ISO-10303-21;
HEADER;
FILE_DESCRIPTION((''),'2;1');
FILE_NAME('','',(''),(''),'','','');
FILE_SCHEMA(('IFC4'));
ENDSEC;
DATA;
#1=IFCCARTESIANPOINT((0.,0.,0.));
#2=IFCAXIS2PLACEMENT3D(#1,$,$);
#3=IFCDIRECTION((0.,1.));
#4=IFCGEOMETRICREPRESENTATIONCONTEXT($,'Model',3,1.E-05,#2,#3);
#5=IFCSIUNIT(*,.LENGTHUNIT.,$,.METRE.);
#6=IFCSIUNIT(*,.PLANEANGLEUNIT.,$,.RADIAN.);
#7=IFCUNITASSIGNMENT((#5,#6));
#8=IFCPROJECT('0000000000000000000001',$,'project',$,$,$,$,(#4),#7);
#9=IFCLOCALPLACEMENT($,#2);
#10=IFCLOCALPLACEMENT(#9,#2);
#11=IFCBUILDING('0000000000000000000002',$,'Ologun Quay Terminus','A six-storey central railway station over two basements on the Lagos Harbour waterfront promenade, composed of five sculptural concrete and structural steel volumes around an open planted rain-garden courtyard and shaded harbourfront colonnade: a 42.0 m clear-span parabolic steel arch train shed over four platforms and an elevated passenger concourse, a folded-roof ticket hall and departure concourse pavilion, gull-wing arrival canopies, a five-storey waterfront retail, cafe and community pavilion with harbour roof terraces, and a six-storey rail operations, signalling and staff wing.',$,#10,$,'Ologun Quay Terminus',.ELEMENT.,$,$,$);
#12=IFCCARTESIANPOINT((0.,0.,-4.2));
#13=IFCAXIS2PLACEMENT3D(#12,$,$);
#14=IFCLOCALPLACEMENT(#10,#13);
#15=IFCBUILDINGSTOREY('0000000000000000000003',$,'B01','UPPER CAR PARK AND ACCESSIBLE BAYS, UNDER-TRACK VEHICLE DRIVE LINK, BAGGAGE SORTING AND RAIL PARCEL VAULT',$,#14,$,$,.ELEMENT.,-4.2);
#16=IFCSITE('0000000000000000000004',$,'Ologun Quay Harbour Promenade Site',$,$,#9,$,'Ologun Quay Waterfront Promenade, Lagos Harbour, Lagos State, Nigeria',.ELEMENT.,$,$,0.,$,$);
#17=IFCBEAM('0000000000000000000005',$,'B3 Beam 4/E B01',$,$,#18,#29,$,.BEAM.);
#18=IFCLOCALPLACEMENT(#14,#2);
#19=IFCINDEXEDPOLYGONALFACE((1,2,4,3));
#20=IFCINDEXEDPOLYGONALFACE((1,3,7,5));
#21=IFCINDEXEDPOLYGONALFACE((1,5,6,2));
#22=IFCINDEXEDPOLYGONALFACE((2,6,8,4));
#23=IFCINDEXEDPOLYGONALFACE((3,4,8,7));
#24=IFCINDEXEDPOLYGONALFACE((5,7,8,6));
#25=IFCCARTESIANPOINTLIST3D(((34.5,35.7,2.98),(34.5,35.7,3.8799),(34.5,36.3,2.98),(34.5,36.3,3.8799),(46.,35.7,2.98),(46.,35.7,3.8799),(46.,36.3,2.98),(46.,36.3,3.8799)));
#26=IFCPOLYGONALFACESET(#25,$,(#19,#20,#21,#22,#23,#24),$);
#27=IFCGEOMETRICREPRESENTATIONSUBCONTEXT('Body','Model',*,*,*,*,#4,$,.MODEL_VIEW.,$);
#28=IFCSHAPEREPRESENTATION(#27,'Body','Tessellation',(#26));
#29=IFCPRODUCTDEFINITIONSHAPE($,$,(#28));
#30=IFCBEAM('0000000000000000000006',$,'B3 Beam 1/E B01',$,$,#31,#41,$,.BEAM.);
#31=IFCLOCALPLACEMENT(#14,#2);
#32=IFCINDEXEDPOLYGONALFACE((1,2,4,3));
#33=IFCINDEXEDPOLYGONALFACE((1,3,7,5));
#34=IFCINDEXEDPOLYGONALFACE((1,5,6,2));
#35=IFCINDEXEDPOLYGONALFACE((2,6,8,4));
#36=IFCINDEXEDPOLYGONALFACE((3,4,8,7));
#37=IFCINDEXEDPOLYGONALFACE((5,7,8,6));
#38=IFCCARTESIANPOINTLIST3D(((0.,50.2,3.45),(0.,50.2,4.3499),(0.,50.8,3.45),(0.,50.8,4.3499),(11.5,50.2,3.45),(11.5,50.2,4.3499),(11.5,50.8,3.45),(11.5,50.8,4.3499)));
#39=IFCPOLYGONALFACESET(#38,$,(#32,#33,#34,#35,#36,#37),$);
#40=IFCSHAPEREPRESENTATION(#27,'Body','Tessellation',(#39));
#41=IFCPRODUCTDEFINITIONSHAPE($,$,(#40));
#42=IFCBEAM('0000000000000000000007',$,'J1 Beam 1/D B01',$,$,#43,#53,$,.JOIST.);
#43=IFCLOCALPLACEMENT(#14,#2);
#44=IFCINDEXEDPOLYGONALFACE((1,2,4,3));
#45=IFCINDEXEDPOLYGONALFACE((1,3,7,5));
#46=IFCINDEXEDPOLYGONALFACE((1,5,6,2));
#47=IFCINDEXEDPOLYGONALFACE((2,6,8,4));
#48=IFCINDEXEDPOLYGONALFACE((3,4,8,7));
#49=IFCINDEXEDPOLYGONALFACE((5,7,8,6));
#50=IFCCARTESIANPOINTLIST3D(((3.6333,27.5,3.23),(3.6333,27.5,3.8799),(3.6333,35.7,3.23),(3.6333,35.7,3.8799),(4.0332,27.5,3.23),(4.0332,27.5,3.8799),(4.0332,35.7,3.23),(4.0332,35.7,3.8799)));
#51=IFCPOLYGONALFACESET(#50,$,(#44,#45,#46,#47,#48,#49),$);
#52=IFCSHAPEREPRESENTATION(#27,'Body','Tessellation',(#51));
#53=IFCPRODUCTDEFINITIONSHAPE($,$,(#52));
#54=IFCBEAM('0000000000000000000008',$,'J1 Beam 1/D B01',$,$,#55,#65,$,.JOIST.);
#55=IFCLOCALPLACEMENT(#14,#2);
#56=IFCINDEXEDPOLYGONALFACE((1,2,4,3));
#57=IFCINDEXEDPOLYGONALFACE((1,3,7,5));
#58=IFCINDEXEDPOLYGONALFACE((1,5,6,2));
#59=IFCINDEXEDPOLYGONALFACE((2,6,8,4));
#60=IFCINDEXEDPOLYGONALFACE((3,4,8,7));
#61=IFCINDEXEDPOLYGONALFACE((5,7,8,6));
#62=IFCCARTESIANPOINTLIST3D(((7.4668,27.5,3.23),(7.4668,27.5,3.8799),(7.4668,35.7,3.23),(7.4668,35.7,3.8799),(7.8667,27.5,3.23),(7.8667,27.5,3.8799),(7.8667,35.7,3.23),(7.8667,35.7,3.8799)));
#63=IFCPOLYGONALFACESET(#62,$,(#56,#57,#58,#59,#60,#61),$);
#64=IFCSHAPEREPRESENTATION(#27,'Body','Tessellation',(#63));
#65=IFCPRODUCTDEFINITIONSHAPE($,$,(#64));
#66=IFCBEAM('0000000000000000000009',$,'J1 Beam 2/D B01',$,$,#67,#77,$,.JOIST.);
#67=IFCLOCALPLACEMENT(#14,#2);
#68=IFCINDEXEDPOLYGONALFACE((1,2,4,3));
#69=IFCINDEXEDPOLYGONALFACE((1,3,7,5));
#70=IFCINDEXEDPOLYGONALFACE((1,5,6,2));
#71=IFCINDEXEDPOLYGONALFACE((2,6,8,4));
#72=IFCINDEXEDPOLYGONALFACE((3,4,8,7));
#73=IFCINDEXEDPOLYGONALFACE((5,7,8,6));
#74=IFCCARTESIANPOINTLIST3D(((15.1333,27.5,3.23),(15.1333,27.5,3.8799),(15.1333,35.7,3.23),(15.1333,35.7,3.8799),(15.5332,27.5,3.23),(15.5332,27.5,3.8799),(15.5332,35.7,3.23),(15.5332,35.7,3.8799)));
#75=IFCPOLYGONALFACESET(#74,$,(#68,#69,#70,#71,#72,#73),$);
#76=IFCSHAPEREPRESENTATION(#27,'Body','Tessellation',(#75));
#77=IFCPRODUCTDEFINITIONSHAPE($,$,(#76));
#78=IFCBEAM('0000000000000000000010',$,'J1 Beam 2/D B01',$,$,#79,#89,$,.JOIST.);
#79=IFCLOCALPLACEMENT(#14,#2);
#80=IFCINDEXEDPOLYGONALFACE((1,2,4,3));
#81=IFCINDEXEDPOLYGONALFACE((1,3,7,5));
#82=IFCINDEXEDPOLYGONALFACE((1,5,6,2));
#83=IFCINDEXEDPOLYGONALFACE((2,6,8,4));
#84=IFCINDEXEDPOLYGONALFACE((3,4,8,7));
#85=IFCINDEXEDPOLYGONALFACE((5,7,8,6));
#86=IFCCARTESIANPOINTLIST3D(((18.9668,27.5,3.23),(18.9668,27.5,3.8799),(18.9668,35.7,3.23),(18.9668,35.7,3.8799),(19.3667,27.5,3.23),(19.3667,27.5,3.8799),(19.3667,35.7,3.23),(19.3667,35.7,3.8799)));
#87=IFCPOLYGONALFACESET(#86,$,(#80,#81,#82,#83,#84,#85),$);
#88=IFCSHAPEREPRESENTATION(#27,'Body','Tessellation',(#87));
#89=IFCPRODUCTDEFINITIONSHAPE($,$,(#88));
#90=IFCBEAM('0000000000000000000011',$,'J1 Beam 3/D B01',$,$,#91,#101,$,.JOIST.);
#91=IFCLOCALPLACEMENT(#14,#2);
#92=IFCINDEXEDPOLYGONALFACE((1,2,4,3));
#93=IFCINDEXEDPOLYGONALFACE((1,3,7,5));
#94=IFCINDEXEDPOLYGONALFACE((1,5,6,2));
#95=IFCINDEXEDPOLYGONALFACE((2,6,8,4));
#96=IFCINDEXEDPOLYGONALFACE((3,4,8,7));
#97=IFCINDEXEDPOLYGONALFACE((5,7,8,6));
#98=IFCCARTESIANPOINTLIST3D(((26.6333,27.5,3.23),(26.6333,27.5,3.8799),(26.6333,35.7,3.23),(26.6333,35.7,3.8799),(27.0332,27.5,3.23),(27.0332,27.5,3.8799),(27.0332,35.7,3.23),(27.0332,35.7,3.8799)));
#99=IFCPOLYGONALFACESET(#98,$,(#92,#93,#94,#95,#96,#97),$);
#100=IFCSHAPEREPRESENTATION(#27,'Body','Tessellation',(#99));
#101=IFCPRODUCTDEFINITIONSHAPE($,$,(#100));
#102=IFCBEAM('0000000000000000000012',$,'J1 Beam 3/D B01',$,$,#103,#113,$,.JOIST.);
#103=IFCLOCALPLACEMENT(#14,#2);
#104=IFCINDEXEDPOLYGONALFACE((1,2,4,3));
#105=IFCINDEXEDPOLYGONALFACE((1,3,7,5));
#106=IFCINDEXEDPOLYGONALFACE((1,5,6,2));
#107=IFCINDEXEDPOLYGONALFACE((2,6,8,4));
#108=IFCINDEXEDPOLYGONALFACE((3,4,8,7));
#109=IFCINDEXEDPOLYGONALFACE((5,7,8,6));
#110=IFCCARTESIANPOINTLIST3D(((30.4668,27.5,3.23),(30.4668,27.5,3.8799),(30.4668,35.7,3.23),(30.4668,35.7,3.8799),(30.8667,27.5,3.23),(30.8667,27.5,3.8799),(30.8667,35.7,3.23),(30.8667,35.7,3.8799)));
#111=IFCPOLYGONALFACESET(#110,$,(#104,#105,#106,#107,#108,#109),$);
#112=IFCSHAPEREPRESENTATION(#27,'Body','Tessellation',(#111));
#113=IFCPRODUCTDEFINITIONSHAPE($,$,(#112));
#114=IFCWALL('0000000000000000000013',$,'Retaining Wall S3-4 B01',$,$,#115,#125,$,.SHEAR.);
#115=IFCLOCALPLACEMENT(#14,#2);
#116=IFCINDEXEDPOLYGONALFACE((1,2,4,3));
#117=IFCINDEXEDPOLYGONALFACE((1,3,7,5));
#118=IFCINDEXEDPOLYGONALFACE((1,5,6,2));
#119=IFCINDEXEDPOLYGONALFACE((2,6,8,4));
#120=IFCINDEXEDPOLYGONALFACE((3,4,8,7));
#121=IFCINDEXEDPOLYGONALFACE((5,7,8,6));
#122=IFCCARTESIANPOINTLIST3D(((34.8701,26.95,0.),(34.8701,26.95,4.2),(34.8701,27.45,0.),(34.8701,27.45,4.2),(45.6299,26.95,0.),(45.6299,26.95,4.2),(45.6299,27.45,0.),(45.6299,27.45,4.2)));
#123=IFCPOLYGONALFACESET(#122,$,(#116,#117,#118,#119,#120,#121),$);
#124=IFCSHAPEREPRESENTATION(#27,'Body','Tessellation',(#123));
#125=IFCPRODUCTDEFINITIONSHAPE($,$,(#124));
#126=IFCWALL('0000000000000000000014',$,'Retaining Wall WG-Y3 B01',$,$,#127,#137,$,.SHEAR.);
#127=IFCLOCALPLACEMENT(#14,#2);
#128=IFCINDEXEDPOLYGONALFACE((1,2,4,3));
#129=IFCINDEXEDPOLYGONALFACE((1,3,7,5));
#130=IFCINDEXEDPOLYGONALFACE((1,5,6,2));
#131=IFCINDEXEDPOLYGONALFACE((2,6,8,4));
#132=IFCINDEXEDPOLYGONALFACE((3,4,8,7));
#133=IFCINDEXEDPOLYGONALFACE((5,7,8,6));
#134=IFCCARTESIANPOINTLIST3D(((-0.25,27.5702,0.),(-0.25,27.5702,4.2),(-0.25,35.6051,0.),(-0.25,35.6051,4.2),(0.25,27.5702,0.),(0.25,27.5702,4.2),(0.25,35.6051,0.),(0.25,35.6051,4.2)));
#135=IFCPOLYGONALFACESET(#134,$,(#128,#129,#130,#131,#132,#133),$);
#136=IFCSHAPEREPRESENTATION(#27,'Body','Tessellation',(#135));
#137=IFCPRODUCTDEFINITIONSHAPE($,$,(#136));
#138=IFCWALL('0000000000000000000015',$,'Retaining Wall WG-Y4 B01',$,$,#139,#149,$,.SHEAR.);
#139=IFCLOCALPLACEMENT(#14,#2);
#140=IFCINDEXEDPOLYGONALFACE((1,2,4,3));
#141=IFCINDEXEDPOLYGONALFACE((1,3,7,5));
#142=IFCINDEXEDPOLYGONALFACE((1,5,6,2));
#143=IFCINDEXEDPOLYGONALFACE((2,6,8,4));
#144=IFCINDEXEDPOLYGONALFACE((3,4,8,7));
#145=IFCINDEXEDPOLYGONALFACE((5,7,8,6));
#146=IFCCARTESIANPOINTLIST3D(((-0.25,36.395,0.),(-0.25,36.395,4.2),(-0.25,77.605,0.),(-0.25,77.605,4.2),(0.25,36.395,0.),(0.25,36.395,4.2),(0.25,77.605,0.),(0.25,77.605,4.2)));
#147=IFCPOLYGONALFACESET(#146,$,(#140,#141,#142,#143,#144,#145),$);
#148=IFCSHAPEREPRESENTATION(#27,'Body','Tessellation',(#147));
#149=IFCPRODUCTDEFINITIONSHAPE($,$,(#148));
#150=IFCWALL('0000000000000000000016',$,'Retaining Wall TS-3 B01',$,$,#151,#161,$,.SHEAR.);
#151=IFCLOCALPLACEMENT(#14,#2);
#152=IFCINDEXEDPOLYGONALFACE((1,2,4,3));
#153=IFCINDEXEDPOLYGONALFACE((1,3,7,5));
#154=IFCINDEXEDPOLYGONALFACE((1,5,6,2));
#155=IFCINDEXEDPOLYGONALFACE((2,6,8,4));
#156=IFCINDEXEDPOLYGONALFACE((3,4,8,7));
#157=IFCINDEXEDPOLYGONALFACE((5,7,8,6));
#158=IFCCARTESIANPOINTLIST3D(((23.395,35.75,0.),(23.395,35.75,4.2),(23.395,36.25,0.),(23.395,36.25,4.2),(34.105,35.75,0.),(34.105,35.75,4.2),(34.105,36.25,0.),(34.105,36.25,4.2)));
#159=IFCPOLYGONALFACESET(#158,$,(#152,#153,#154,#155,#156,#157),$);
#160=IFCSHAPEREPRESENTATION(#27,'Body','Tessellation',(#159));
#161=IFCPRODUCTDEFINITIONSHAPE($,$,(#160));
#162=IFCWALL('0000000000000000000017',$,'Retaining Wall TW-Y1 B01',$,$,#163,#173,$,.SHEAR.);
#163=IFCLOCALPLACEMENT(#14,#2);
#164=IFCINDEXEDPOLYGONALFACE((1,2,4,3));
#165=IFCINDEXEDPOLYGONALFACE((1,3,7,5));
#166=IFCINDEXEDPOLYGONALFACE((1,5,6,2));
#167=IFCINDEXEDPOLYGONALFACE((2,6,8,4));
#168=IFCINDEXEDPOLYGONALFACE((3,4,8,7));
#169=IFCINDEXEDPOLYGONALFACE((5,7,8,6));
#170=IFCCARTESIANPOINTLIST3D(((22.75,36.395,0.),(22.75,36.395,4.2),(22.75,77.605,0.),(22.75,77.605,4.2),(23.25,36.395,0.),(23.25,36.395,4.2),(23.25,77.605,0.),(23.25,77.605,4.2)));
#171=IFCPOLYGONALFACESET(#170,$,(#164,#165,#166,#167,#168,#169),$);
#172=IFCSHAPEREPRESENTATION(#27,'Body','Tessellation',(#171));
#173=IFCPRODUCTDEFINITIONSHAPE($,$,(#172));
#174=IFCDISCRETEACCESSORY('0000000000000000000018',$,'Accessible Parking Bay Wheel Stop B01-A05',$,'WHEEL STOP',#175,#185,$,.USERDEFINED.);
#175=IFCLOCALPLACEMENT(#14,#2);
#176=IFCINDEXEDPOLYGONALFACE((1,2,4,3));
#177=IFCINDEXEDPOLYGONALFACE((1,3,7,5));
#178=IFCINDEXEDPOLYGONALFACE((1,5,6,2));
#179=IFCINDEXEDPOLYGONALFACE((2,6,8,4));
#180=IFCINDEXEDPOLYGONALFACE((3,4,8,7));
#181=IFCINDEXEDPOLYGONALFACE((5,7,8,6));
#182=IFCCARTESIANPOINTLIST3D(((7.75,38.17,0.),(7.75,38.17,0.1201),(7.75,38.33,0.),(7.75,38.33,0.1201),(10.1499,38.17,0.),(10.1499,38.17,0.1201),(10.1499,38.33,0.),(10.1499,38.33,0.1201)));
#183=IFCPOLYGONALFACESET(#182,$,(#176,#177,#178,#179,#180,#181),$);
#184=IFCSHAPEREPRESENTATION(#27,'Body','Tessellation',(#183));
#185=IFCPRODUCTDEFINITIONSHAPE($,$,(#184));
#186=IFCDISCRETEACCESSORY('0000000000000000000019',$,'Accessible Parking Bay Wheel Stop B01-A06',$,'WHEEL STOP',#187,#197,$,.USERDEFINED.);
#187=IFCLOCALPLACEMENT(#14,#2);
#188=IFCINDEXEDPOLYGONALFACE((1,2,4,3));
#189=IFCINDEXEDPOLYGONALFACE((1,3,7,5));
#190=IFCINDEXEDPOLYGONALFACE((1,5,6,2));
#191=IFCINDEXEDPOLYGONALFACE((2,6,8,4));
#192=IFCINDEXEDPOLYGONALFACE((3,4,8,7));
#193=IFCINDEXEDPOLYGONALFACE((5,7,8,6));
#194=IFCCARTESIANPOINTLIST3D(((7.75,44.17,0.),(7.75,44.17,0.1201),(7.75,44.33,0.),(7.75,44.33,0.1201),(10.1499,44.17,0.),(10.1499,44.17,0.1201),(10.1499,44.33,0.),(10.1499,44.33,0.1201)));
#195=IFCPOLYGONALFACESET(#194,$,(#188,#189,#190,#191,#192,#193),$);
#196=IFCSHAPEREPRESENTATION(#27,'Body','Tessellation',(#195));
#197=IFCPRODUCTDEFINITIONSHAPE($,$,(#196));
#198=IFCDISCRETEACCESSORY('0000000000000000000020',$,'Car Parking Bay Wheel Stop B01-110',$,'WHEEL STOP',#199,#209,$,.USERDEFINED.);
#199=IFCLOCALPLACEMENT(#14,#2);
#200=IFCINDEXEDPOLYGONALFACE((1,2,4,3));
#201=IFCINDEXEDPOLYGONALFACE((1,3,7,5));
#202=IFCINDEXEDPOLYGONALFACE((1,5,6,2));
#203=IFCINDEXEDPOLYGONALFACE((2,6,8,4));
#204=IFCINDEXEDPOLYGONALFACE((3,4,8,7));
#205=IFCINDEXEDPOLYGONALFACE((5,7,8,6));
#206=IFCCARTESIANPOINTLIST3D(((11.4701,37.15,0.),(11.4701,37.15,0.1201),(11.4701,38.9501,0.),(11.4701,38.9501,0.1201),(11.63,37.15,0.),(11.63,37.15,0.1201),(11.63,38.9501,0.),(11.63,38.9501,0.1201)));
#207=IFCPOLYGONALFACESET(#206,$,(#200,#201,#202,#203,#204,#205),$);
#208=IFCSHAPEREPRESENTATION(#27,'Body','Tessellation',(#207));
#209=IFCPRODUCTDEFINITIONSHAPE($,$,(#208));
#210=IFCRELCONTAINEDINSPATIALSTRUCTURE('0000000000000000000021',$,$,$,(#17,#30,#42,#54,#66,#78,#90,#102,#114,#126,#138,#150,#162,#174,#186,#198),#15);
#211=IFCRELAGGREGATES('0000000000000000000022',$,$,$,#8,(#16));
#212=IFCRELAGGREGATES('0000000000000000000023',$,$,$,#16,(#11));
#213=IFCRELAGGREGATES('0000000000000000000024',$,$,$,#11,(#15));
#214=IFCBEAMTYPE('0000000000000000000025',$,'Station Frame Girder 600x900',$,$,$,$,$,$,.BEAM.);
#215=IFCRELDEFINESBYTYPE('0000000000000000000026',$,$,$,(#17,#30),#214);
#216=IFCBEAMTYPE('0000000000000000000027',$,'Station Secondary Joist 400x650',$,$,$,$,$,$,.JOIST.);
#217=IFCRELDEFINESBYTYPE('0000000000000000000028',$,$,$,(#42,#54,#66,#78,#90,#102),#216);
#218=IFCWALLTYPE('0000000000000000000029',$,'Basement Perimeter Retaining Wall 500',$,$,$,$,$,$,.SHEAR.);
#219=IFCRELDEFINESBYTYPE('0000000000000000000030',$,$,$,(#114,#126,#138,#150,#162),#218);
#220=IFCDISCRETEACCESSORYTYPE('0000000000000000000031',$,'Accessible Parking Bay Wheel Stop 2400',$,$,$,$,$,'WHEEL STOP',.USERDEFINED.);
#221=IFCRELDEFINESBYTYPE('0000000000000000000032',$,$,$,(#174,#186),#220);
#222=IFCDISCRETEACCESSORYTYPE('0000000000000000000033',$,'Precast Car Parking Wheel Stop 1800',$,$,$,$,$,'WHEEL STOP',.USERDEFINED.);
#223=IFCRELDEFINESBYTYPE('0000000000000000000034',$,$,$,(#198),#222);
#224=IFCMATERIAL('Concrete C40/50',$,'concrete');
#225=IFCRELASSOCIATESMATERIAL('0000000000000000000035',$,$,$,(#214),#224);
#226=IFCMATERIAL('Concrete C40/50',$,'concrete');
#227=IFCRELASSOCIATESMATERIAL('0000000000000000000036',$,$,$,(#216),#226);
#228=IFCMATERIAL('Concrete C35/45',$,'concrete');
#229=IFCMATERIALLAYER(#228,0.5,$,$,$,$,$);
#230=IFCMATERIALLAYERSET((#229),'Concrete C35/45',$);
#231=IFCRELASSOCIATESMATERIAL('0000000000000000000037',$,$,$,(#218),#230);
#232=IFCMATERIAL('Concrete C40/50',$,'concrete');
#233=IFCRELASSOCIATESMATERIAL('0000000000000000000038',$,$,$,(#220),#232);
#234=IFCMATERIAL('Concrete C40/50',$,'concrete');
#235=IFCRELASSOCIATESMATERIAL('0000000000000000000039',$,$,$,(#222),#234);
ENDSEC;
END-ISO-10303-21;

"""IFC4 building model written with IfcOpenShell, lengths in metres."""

from ifc_helpers import new_model, si_unit, direction, frame, frame_2d, origin, origin_2d, place, context, subcontext, project, spatial, rectangle, extrude, material, layer, layer_set, material_profile, profile_set, type_object, element, save


model = new_model("IFC4")

# Units and contexts
model_context = context("Model", 3, precision=1e-05, world=origin(), true_north=direction((0.0, 1.0)))
body_context = subcontext(model_context, "Body", "Model", "MODEL_VIEW")
ifc_project = project(units=[si_unit("LENGTHUNIT", "METRE"), si_unit("PLANEANGLEUNIT", "RADIAN")], contexts=[model_context])

# Site, building, storey
site_placement = place(None, origin())
site = spatial("IfcSite", under=ifc_project, at=site_placement, Name="Ologun Quay Harbour Promenade Site", LongName="Ologun Quay Waterfront Promenade, Lagos Harbour, Lagos State, Nigeria", CompositionType="ELEMENT", RefElevation=0.0)
building_placement = place(site_placement, origin())
building = spatial("IfcBuilding", under=site, at=building_placement, Name="Ologun Quay Terminus", Description="A six-storey central railway station over two basements on the Lagos Harbour waterfront promenade, composed of five sculptural concrete and structural steel volumes around an open planted rain-garden courtyard and shaded harbourfront colonnade: a 42.0 m clear-span parabolic steel arch train shed over four platforms and an elevated passenger concourse, a folded-roof ticket hall and departure concourse pavilion, gull-wing arrival canopies, a five-storey waterfront retail, cafe and community pavilion with harbour roof terraces, and a six-storey rail operations, signalling and staff wing.", LongName="Ologun Quay Terminus", CompositionType="ELEMENT")
storey_placement = place(building_placement, frame((0.0, 0.0, -4.2)))
storey = spatial("IfcBuildingStorey", under=building, at=storey_placement, Name="B01", Description="UPPER CAR PARK AND ACCESSIBLE BAYS, UNDER-TRACK VEHICLE DRIVE LINK, BAGGAGE SORTING AND RAIL PARCEL VAULT", CompositionType="ELEMENT", Elevation=-4.2)

# Beams
ifc_material_1 = material(Name="Concrete C40/50", Category="concrete")
ifc_material_profile_1 = material_profile(ifc_material_1, rectangle(XDim=0.6001, YDim=0.8999, at=origin_2d()), Name="RC 600x900")
ifc_profile_set_1 = profile_set([ifc_material_profile_1], Name="Concrete C40/50")
beam_type_1 = type_object("IfcBeamType", Name="Station Frame Girder 600x900", PredefinedType="BEAM", material=ifc_profile_set_1)
for number, where, z_axis, x_axis, name in (
    (1, (34.5, 36.0, 3.4299), (1.0, 0.0, 0.0), (0.0, 1.0, 0.0), "B3 Beam 4/E B01"),
    (2, (0.0, 50.5, 3.8999), (1.0, 0.0, 0.0), (0.0, 1.0, 0.0), "B3 Beam 1/E B01"),
):
    element("IfcBeam", number, at=place(storey_placement, frame(where, z_axis=z_axis, x_axis=x_axis)), inside=storey, type_object=beam_type_1, Name=name, PredefinedType="BEAM", context=body_context, shape_type="SweptSolid", body=[
        extrude(rectangle(XDim=0.6001, YDim=0.8999, at=origin_2d()), origin(), (0.0, 0.0, 1.0), 11.5),
    ])
ifc_material_2 = material(Name="Concrete C40/50", Category="concrete")
ifc_material_profile_2 = material_profile(ifc_material_2, rectangle(XDim=0.3999, YDim=0.6499, at=origin_2d()), Name="RC 400x650")
ifc_profile_set_2 = profile_set([ifc_material_profile_2], Name="Concrete C40/50")
beam_type_2 = type_object("IfcBeamType", Name="Station Secondary Joist 400x650", PredefinedType="JOIST", material=ifc_profile_set_2)
for number, where, z_axis, x_axis, name in (
    (3, (3.8333, 27.5, 3.5549), (0.0, 1.0, 0.0), (-1.0, 0.0, 0.0), "J1 Beam 1/D B01"),
    (4, (7.6667, 27.5, 3.5549), (0.0, 1.0, 0.0), (-1.0, 0.0, 0.0), "J1 Beam 1/D B01"),
    (5, (15.3333, 27.5, 3.5549), (0.0, 1.0, 0.0), (-1.0, 0.0, 0.0), "J1 Beam 2/D B01"),
    (6, (19.1667, 27.5, 3.5549), (0.0, 1.0, 0.0), (-1.0, 0.0, 0.0), "J1 Beam 2/D B01"),
    (7, (26.8333, 27.5, 3.5549), (0.0, 1.0, 0.0), (-1.0, 0.0, 0.0), "J1 Beam 3/D B01"),
    (8, (30.6667, 27.5, 3.5549), (0.0, 1.0, 0.0), (-1.0, 0.0, 0.0), "J1 Beam 3/D B01"),
):
    element("IfcBeam", number, at=place(storey_placement, frame(where, z_axis=z_axis, x_axis=x_axis)), inside=storey, type_object=beam_type_2, Name=name, PredefinedType="JOIST", context=body_context, shape_type="SweptSolid", body=[
        extrude(rectangle(XDim=0.3999, YDim=0.6499, at=origin_2d()), origin(), (0.0, 0.0, 1.0), 8.2),
    ])

# Walls
ifc_material_3 = material(Name="Concrete C35/45", Category="concrete")
ifc_layer = layer(ifc_material_3, 0.5)
ifc_layer_set = layer_set([ifc_layer], Name="Concrete C35/45")
wall_type = type_object("IfcWallType", Name="Basement Perimeter Retaining Wall 500", PredefinedType="SHEAR", material=ifc_layer_set)
wall_1_placement = place(storey_placement, frame((34.8701, 27.2, 0.0), z_axis=(0.0, 0.0, 1.0), x_axis=(1.0, 0.0, 0.0)))
element("IfcWall", 9, at=wall_1_placement, inside=storey, type_object=wall_type, Name="Retaining Wall S3-4 B01", PredefinedType="SHEAR", context=body_context, shape_type="SweptSolid", body=[
    extrude(rectangle(XDim=10.7598, YDim=0.5, at=frame_2d((5.3799, 0.0))), origin(), (0.0, 0.0, 1.0), 4.2),
])
wall_2_placement = place(storey_placement, frame((0.0, 27.5701, 0.0), z_axis=(0.0, 0.0, 1.0), x_axis=(0.0, 1.0, 0.0)))
element("IfcWall", 10, at=wall_2_placement, inside=storey, type_object=wall_type, Name="Retaining Wall WG-Y3 B01", PredefinedType="SHEAR", context=body_context, shape_type="SweptSolid", body=[
    extrude(rectangle(XDim=8.0349, YDim=0.5, at=frame_2d((4.0176, 0.0))), origin(), (0.0, 0.0, 1.0), 4.2),
])
wall_3_placement = place(storey_placement, frame((0.0, 36.395, 0.0), z_axis=(0.0, 0.0, 1.0), x_axis=(0.0, 1.0, 0.0)))
element("IfcWall", 11, at=wall_3_placement, inside=storey, type_object=wall_type, Name="Retaining Wall WG-Y4 B01", PredefinedType="SHEAR", context=body_context, shape_type="SweptSolid", body=[
    extrude(rectangle(XDim=41.21, YDim=0.5, at=frame_2d((20.605, 0.0))), origin(), (0.0, 0.0, 1.0), 4.2),
])
wall_4_placement = place(storey_placement, frame((23.395, 36.0, 0.0), z_axis=(0.0, 0.0, 1.0), x_axis=(1.0, 0.0, 0.0)))
element("IfcWall", 12, at=wall_4_placement, inside=storey, type_object=wall_type, Name="Retaining Wall TS-3 B01", PredefinedType="SHEAR", context=body_context, shape_type="SweptSolid", body=[
    extrude(rectangle(XDim=10.71, YDim=0.5, at=frame_2d((5.355, 0.0))), origin(), (0.0, 0.0, 1.0), 4.2),
])
wall_5_placement = place(storey_placement, frame((23.0, 36.395, 0.0), z_axis=(0.0, 0.0, 1.0), x_axis=(0.0, 1.0, 0.0)))
element("IfcWall", 13, at=wall_5_placement, inside=storey, type_object=wall_type, Name="Retaining Wall TW-Y1 B01", PredefinedType="SHEAR", context=body_context, shape_type="SweptSolid", body=[
    extrude(rectangle(XDim=41.21, YDim=0.5, at=frame_2d((20.605, 0.0))), origin(), (0.0, 0.0, 1.0), 4.2),
])

# Discrete accessories
ifc_material_4 = material(Name="Concrete C40/50", Category="concrete")
discrete_accessory_type_1 = type_object("IfcDiscreteAccessoryType", Name="Accessible Parking Bay Wheel Stop 2400", ElementType="WHEEL STOP", PredefinedType="USERDEFINED", material=ifc_material_4)
for number, where, z_axis, x_axis, name in (
    (14, (8.95, 38.25, 0.0), (0.0, 0.0, 1.0), (1.0, 0.0, 0.0), "Accessible Parking Bay Wheel Stop B01-A05"),
    (15, (8.95, 44.25, 0.0), (0.0, 0.0, 1.0), (1.0, 0.0, 0.0), "Accessible Parking Bay Wheel Stop B01-A06"),
):
    element("IfcDiscreteAccessory", number, at=place(storey_placement, frame(where, z_axis=z_axis, x_axis=x_axis)), inside=storey, type_object=discrete_accessory_type_1, Name=name, ObjectType="WHEEL STOP", PredefinedType="USERDEFINED", context=body_context, shape_type="SweptSolid", body=[
        extrude(rectangle(XDim=2.3999, YDim=0.1599, at=origin_2d()), origin(), (0.0, 0.0, 1.0), 0.1201),
    ])
ifc_material_5 = material(Name="Concrete C40/50", Category="concrete")
discrete_accessory_type_2 = type_object("IfcDiscreteAccessoryType", Name="Precast Car Parking Wheel Stop 1800", ElementType="WHEEL STOP", PredefinedType="USERDEFINED", material=ifc_material_5)
for number, where, z_axis, x_axis, name in (
    (16, (11.55, 38.05, 0.0), (0.0, 0.0, 1.0), (0.0, 1.0, 0.0), "Car Parking Bay Wheel Stop B01-110"),
):
    element("IfcDiscreteAccessory", number, at=place(storey_placement, frame(where, z_axis=z_axis, x_axis=x_axis)), inside=storey, type_object=discrete_accessory_type_2, Name=name, ObjectType="WHEEL STOP", PredefinedType="USERDEFINED", context=body_context, shape_type="SweptSolid", body=[
        extrude(rectangle(XDim=1.8, YDim=0.1599, at=origin_2d()), origin(), (0.0, 0.0, 1.0), 0.1201),
    ])

save(model, "model.ifc")
